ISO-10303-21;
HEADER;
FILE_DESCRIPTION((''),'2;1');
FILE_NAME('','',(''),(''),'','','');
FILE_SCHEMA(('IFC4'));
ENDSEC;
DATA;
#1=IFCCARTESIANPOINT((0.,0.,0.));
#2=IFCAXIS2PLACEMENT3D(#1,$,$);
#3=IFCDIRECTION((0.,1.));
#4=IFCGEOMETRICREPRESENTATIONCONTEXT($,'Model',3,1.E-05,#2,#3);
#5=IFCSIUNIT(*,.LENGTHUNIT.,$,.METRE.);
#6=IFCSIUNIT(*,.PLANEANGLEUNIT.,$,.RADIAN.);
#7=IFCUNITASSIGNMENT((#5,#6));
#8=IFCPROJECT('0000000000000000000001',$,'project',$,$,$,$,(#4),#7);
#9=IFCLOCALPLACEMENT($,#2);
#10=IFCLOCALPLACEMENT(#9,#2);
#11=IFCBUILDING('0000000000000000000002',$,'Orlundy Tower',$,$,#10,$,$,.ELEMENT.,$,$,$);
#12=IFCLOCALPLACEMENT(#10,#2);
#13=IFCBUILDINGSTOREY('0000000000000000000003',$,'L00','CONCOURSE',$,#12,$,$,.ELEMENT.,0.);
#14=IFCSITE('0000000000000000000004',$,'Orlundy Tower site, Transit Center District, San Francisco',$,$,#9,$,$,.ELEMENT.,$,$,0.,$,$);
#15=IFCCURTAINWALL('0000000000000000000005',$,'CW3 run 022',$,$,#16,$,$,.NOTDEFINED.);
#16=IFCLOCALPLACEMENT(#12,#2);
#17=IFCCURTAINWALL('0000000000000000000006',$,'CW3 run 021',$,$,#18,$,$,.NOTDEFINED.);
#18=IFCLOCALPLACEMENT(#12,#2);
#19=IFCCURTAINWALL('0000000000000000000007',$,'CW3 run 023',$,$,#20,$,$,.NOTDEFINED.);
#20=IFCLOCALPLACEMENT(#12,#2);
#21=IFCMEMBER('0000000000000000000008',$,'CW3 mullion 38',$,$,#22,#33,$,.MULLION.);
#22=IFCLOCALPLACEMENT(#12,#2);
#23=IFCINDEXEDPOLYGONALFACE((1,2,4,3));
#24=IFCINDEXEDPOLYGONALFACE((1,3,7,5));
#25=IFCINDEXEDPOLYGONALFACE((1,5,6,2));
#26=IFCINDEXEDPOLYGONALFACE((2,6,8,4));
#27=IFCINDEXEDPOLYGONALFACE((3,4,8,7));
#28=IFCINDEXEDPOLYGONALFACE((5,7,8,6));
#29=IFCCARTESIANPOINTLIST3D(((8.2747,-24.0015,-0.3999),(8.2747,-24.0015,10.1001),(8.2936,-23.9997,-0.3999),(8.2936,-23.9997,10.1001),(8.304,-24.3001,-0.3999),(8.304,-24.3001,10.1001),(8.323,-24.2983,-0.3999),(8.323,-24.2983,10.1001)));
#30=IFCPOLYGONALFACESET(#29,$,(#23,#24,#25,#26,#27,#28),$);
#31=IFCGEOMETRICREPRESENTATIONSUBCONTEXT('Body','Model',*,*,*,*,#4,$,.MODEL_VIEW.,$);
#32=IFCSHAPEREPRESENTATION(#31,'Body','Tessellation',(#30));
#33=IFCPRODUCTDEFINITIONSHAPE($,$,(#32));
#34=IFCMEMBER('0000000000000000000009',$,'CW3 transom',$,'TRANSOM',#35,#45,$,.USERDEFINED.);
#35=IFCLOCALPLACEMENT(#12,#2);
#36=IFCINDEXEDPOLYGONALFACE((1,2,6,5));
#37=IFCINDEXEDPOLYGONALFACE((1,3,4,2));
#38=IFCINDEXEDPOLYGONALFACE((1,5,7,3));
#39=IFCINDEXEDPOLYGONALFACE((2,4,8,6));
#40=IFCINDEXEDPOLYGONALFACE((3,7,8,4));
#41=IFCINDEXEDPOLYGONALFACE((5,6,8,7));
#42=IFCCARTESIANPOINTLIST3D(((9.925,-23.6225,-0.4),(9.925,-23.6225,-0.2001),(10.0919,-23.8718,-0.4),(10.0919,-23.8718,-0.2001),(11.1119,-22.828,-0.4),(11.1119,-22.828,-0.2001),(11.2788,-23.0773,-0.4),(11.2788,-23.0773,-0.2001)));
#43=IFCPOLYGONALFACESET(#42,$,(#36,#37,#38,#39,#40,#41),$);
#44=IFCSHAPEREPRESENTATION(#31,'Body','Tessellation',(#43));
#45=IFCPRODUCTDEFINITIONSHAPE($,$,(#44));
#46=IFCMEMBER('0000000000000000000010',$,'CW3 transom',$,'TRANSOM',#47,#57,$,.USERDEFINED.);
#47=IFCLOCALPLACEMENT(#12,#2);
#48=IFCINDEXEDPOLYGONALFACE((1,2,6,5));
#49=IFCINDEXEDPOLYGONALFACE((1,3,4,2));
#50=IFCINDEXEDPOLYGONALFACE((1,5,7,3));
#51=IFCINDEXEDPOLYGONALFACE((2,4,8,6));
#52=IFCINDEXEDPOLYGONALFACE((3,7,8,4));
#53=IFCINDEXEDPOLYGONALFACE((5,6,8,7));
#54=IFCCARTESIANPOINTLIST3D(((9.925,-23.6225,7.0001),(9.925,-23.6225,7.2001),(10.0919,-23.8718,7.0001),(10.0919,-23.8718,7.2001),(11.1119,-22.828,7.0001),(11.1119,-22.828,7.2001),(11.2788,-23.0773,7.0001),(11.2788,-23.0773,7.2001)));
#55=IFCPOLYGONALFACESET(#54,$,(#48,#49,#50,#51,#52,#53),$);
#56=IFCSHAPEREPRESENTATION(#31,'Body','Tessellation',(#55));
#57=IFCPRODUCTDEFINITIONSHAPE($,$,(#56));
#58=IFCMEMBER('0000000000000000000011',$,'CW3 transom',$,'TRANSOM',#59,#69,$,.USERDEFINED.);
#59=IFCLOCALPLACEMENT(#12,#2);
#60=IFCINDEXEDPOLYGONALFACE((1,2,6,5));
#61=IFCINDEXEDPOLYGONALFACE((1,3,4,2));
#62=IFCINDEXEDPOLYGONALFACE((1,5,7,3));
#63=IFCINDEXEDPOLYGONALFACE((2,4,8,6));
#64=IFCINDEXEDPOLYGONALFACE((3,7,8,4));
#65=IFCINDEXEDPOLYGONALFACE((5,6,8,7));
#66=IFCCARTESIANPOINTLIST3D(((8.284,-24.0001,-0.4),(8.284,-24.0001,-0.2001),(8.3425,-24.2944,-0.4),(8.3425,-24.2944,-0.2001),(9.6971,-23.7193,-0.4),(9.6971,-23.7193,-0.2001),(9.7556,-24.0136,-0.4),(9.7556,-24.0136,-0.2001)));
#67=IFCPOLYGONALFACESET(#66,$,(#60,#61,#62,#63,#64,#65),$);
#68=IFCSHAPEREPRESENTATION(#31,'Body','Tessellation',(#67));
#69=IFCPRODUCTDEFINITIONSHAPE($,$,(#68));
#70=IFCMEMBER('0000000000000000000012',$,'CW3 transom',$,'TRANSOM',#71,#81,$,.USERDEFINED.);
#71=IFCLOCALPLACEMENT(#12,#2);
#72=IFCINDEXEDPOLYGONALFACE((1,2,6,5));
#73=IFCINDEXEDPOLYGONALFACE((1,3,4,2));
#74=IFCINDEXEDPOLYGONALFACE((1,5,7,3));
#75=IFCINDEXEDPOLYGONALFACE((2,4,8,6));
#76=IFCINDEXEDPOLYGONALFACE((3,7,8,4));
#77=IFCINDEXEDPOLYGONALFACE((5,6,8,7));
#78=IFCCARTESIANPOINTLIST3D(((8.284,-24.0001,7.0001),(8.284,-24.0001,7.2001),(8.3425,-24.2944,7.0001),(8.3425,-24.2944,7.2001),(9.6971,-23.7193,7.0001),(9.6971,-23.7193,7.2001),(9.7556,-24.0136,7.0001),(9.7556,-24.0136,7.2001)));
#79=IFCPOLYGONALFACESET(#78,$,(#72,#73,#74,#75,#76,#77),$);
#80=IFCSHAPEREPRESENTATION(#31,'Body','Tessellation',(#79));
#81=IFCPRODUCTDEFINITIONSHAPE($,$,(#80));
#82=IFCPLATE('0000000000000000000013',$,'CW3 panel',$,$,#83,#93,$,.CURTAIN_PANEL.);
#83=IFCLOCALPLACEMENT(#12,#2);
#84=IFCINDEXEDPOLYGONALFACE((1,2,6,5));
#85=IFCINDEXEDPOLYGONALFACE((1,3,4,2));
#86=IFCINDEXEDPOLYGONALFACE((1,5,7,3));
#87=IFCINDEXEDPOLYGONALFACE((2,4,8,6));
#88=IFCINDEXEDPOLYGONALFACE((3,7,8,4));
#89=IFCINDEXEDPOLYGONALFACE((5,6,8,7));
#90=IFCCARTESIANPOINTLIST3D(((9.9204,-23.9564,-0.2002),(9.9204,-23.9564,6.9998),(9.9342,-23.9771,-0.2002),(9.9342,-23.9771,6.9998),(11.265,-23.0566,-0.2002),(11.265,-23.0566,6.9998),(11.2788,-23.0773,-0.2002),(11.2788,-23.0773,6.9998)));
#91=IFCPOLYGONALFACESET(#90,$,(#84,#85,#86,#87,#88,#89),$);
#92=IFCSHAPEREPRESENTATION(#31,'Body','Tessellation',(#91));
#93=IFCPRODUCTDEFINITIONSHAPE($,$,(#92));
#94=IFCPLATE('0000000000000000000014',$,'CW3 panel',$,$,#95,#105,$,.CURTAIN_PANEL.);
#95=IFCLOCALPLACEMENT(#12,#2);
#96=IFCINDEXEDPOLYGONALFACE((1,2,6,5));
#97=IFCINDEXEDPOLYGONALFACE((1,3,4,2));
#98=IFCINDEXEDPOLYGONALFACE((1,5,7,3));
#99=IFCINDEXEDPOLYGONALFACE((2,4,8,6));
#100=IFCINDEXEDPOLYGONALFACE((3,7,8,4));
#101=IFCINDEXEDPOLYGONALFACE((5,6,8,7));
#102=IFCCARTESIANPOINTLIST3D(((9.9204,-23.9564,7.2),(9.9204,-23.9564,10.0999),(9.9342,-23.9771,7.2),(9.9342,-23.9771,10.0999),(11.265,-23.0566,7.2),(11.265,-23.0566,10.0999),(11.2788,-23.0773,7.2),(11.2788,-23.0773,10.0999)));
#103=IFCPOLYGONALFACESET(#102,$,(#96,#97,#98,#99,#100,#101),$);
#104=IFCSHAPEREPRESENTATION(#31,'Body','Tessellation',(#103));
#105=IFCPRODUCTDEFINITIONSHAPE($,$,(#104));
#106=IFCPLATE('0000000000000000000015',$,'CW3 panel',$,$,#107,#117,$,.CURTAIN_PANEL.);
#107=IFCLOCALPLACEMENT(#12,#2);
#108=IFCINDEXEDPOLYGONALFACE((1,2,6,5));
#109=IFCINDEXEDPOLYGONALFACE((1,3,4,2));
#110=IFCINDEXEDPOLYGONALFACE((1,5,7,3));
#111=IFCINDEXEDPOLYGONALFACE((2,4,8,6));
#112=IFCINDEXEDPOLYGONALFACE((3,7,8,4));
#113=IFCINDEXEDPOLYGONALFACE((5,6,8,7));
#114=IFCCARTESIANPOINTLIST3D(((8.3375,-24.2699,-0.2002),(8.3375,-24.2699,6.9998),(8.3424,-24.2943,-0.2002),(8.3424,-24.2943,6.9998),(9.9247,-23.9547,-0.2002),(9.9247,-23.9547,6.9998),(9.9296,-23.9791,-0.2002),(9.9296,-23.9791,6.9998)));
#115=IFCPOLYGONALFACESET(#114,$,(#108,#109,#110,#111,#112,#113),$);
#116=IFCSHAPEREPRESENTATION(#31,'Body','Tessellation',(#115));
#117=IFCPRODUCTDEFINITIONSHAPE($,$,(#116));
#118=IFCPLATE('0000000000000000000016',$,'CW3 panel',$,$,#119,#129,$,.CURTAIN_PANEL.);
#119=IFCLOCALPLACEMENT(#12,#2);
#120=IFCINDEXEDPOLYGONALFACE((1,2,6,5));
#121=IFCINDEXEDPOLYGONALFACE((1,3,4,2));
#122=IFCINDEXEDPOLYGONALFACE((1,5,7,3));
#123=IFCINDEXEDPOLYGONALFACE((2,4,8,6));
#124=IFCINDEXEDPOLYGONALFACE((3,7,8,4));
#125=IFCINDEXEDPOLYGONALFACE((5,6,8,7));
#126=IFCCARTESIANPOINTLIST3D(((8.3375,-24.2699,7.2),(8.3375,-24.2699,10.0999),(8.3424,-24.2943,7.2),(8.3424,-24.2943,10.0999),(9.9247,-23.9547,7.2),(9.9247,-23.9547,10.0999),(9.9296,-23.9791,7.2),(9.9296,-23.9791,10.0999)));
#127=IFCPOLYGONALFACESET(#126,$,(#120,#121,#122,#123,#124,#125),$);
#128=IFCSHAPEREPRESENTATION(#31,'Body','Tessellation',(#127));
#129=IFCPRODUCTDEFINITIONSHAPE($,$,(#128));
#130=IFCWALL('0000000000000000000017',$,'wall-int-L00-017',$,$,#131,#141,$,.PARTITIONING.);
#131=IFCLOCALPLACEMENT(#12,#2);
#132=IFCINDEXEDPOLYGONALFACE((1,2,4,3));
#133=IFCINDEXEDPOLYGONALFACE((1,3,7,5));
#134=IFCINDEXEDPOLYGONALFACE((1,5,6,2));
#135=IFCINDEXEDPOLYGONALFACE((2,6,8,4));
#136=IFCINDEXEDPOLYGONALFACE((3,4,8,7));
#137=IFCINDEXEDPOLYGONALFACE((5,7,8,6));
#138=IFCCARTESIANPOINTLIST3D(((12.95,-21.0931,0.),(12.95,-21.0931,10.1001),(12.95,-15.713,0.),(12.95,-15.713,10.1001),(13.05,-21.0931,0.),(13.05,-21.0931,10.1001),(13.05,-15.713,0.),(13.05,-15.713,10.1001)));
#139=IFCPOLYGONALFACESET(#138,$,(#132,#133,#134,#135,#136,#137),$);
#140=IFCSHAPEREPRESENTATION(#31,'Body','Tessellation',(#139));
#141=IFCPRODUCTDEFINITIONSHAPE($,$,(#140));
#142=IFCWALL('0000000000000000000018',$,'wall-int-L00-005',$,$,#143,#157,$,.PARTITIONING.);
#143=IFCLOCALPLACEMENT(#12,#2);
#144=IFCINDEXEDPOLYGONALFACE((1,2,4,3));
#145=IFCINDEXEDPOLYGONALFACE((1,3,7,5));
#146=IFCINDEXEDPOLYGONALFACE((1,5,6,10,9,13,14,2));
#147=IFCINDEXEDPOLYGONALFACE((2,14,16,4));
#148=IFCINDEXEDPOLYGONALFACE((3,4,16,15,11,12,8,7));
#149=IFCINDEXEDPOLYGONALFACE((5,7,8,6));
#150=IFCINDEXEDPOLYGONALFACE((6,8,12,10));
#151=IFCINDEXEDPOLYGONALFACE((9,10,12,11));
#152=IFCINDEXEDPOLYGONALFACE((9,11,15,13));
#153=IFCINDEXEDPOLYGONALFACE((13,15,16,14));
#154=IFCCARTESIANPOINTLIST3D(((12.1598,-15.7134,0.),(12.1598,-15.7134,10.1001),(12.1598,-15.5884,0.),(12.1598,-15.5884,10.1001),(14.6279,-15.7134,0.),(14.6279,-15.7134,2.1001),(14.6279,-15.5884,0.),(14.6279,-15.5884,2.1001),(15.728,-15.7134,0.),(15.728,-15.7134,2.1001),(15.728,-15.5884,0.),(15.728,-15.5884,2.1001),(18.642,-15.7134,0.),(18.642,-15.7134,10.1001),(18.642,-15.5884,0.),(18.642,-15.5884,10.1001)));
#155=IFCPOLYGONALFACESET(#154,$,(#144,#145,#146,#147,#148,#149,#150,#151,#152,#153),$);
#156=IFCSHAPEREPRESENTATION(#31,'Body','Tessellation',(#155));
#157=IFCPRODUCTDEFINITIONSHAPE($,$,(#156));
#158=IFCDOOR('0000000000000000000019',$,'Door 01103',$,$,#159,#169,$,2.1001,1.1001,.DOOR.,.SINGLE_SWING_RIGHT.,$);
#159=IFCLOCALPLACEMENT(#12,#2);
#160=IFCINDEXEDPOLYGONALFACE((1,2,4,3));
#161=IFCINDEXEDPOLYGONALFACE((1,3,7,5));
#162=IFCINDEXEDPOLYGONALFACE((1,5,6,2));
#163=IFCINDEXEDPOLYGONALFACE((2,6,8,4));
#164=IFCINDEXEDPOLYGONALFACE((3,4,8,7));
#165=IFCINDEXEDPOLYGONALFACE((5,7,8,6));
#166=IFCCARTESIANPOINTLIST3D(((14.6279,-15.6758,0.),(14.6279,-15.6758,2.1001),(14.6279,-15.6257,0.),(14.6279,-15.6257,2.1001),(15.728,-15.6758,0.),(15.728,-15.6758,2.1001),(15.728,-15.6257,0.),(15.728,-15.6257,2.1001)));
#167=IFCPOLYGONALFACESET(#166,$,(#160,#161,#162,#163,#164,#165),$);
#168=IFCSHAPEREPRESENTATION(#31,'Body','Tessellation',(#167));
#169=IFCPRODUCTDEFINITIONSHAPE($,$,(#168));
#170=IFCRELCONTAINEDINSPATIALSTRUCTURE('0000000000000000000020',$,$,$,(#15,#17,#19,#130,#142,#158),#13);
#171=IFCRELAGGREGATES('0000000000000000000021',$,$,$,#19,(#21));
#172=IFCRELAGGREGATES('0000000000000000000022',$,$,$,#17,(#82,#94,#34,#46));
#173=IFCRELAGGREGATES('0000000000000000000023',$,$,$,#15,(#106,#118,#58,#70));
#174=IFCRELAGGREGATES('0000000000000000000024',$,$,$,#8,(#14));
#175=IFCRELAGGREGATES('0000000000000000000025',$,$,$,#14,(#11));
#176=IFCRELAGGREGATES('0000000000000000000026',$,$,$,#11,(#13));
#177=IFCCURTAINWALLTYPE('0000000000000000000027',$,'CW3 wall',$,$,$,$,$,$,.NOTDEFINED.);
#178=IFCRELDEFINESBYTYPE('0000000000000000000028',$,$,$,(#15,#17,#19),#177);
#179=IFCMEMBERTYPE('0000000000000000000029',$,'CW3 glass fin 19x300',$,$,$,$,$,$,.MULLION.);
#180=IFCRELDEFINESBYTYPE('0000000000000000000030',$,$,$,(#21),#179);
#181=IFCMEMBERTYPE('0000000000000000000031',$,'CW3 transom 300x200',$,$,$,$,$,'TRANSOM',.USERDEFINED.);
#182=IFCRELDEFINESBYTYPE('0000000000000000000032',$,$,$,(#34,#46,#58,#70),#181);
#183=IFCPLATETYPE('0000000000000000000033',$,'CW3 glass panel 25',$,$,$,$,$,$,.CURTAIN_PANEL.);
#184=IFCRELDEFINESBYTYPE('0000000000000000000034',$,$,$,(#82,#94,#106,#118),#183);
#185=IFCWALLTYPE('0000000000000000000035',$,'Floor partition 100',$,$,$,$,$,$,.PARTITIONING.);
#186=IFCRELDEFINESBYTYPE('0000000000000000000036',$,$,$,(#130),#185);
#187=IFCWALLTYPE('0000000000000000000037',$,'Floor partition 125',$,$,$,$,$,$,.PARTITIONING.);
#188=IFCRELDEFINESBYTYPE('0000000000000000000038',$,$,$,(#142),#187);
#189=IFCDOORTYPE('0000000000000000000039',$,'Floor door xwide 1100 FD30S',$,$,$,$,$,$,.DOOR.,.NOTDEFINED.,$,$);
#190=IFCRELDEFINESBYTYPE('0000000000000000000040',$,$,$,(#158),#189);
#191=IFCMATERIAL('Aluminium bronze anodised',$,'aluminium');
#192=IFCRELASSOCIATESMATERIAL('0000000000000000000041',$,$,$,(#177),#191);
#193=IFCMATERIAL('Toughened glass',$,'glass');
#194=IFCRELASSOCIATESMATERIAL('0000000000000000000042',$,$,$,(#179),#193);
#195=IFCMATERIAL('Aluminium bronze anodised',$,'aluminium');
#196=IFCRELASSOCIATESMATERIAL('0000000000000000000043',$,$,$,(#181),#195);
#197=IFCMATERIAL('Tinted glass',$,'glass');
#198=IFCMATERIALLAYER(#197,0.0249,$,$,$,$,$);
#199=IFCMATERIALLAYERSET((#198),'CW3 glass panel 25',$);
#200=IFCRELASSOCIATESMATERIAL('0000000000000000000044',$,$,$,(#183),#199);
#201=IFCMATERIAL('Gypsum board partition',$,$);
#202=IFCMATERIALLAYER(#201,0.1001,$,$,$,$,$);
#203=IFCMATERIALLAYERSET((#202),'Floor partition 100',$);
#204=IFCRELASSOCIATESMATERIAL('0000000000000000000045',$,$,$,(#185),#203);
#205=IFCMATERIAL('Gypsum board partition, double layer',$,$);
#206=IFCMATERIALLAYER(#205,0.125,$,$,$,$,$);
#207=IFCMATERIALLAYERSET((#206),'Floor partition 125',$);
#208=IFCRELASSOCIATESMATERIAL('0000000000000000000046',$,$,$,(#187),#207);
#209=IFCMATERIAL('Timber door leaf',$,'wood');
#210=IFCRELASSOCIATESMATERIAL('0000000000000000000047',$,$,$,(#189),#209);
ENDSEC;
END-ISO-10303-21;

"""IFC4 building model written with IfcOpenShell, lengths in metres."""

from ifc_helpers import new_model, si_unit, direction, frame, frame_2d, origin, origin_2d, place, context, subcontext, project, spatial, rectangle, extrude, material, layer, layer_set, material_profile, profile_set, type_object, element, fill, aggregate, save


model = new_model("IFC4")

# Units and contexts
model_context = context("Model", 3, precision=1e-05, world=origin(), true_north=direction((0.0, 1.0)))
body_context = subcontext(model_context, "Body", "Model", "MODEL_VIEW")
ifc_project = project(units=[si_unit("LENGTHUNIT", "METRE"), si_unit("PLANEANGLEUNIT", "RADIAN")], contexts=[model_context])

# Site, building, storey
site_placement = place(None, origin())
site = spatial("IfcSite", under=ifc_project, at=site_placement, Name="Orlundy Tower site, Transit Center District, San Francisco", CompositionType="ELEMENT", RefElevation=0.0)
building_placement = place(site_placement, origin())
building = spatial("IfcBuilding", under=site, at=building_placement, Name="Orlundy Tower", CompositionType="ELEMENT")
storey_placement = place(building_placement, origin())
storey = spatial("IfcBuildingStorey", under=building, at=storey_placement, Name="L00", Description="CONCOURSE", CompositionType="ELEMENT", Elevation=0.0)

# Curtain walls, member
ifc_material_1 = material(Name="Aluminium bronze anodised", Category="aluminium")
curtain_wall_type = type_object("IfcCurtainWallType", Name="CW3 wall", PredefinedType="NOTDEFINED", material=ifc_material_1)
curtain_wall_1_placement = place(storey_placement, origin())
curtain_wall_1 = element("IfcCurtainWall", 1, at=curtain_wall_1_placement, inside=storey, type_object=curtain_wall_type, Name="CW3 run 022", PredefinedType="NOTDEFINED")
ifc_material_2 = material(Name="Toughened glass", Category="glass")
ifc_material_profile_1 = material_profile(ifc_material_2, rectangle(XDim=0.3, YDim=0.019, at=origin_2d()), Name="CW3 glass fin 19x300")
ifc_profile_set_1 = profile_set([ifc_material_profile_1], Name="Toughened glass")
member_type_1 = type_object("IfcMemberType", Name="CW3 glass fin 19x300", PredefinedType="MULLION", material=ifc_profile_set_1)
curtain_wall_2_placement = place(storey_placement, origin())
curtain_wall_2 = element("IfcCurtainWall", 2, at=curtain_wall_2_placement, inside=storey, type_object=curtain_wall_type, Name="CW3 run 021", PredefinedType="NOTDEFINED")
curtain_wall_3_placement = place(storey_placement, origin())
curtain_wall_3 = element("IfcCurtainWall", 3, at=curtain_wall_3_placement, inside=storey, type_object=curtain_wall_type, Name="CW3 run 023", PredefinedType="NOTDEFINED")
member_1_placement = place(storey_placement, frame((8.2988, -24.1499, -0.3999), z_axis=(0.0, 0.0, 1.0), x_axis=(0.09785, -0.995201, 0.0)))
member_1 = element("IfcMember", 4, at=member_1_placement, type_object=member_type_1, Name="CW3 mullion 38", PredefinedType="MULLION", context=body_context, shape_type="SweptSolid", body=[
    extrude(rectangle(XDim=0.3, YDim=0.019, at=origin_2d()), origin(), (0.0, 0.0, 1.0), 10.5),
])
aggregate(curtain_wall_3, [member_1])

# Members
ifc_material_3 = material(Name="Aluminium bronze anodised", Category="aluminium")
ifc_material_profile_2 = material_profile(ifc_material_3, rectangle(XDim=0.3, YDim=0.2, at=origin_2d()), Name="CW3 transom 300x200")
ifc_profile_set_2 = profile_set([ifc_material_profile_2], Name="Aluminium bronze anodised")
member_type_2 = type_object("IfcMemberType", Name="CW3 transom 300x200", ElementType="TRANSOM", PredefinedType="USERDEFINED", material=ifc_profile_set_2)
member_2_placement = place(storey_placement, frame((11.1953, -22.9526, -0.3), z_axis=(-0.830997, -0.556277, 0.0), x_axis=(0.556277, -0.830997, 0.0)))
member_2 = element("IfcMember", 5, at=member_2_placement, type_object=member_type_2, Name="CW3 transom", ObjectType="TRANSOM", PredefinedType="USERDEFINED", context=body_context, shape_type="SweptSolid", body=[
    extrude(rectangle(XDim=0.3, YDim=0.2, at=origin_2d()), origin(), (0.0, 0.0, 1.0), 1.4282),
])
member_3_placement = place(storey_placement, frame((11.1953, -22.9526, 7.1001), z_axis=(-0.830997, -0.556277, 0.0), x_axis=(0.556277, -0.830997, 0.0)))
member_3 = element("IfcMember", 6, at=member_3_placement, type_object=member_type_2, Name="CW3 transom", ObjectType="TRANSOM", PredefinedType="USERDEFINED", context=body_context, shape_type="SweptSolid", body=[
    extrude(rectangle(XDim=0.3, YDim=0.2, at=origin_2d()), origin(), (0.0, 0.0, 1.0), 1.4282),
])
member_4_placement = place(storey_placement, frame((9.7263, -23.8665, -0.3), z_axis=(-0.980828, -0.194878, 0.0), x_axis=(0.194878, -0.980828, 0.0)))
member_4 = element("IfcMember", 7, at=member_4_placement, type_object=member_type_2, Name="CW3 transom", ObjectType="TRANSOM", PredefinedType="USERDEFINED", context=body_context, shape_type="SweptSolid", body=[
    extrude(rectangle(XDim=0.3, YDim=0.2, at=origin_2d()), origin(), (0.0, 0.0, 1.0), 1.4407),
])
member_5_placement = place(storey_placement, frame((9.7263, -23.8665, 7.1001), z_axis=(-0.980828, -0.194878, 0.0), x_axis=(0.194878, -0.980828, 0.0)))
member_5 = element("IfcMember", 8, at=member_5_placement, type_object=member_type_2, Name="CW3 transom", ObjectType="TRANSOM", PredefinedType="USERDEFINED", context=body_context, shape_type="SweptSolid", body=[
    extrude(rectangle(XDim=0.3, YDim=0.2, at=origin_2d()), origin(), (0.0, 0.0, 1.0), 1.4407),
])

# Plates
ifc_material_4 = material(Name="Tinted glass", Category="glass")
ifc_layer_1 = layer(ifc_material_4, 0.0249)
ifc_layer_set_1 = layer_set([ifc_layer_1], Name="CW3 glass panel 25")
plate_type = type_object("IfcPlateType", Name="CW3 glass panel 25", PredefinedType="CURTAIN_PANEL", material=ifc_layer_set_1)
plate_1_placement = place(storey_placement, frame((10.5996, -23.5168, -0.2002), z_axis=(0.0, 0.0, 1.0), x_axis=(-0.831063, -0.556178, 0.0)))
plate_1 = element("IfcPlate", 9, at=plate_1_placement, type_object=plate_type, Name="CW3 panel", PredefinedType="CURTAIN_PANEL", context=body_context, shape_type="SweptSolid", body=[
    extrude(rectangle(XDim=1.6179, YDim=0.0249, at=origin_2d()), origin(), (0.0, 0.0, 1.0), 7.2),
])
plate_2_placement = place(storey_placement, frame((10.5996, -23.5168, 7.2), z_axis=(0.0, 0.0, 1.0), x_axis=(-0.831063, -0.556178, 0.0)))
plate_2 = element("IfcPlate", 10, at=plate_2_placement, type_object=plate_type, Name="CW3 panel", PredefinedType="CURTAIN_PANEL", context=body_context, shape_type="SweptSolid", body=[
    extrude(rectangle(XDim=1.6179, YDim=0.0249, at=origin_2d()), origin(), (0.0, 0.0, 1.0), 2.8999),
])
aggregate(curtain_wall_2, [plate_1, plate_2, member_2, member_3])
plate_3_placement = place(storey_placement, frame((9.1335, -24.1245, -0.2002), z_axis=(0.0, 0.0, 1.0), x_axis=(-0.980851, -0.194761, 0.0)))
plate_3 = element("IfcPlate", 11, at=plate_3_placement, type_object=plate_type, Name="CW3 panel", PredefinedType="CURTAIN_PANEL", context=body_context, shape_type="SweptSolid", body=[
    extrude(rectangle(XDim=1.6182, YDim=0.0249, at=origin_2d()), origin(), (0.0, 0.0, 1.0), 7.2),
])
plate_4_placement = place(storey_placement, frame((9.1335, -24.1245, 7.2), z_axis=(0.0, 0.0, 1.0), x_axis=(-0.980851, -0.194761, 0.0)))
plate_4 = element("IfcPlate", 12, at=plate_4_placement, type_object=plate_type, Name="CW3 panel", PredefinedType="CURTAIN_PANEL", context=body_context, shape_type="SweptSolid", body=[
    extrude(rectangle(XDim=1.6182, YDim=0.0249, at=origin_2d()), origin(), (0.0, 0.0, 1.0), 2.8999),
])
aggregate(curtain_wall_1, [plate_3, plate_4, member_4, member_5])

# Wall
ifc_material_5 = material(Name="Gypsum board partition")
ifc_layer_2 = layer(ifc_material_5, 0.1001)
ifc_layer_set_2 = layer_set([ifc_layer_2], Name="Floor partition 100")
wall_type_1 = type_object("IfcWallType", Name="Floor partition 100", PredefinedType="PARTITIONING", material=ifc_layer_set_2)
wall_1_placement = place(storey_placement, frame((13.0, -21.093, 0.0), z_axis=(0.0, 0.0, 1.0), x_axis=(0.0, 1.0, 0.0)))
element("IfcWall", 13, at=wall_1_placement, inside=storey, type_object=wall_type_1, Name="wall-int-L00-017", PredefinedType="PARTITIONING", context=body_context, shape_type="SweptSolid", body=[
    extrude(rectangle(XDim=5.3801, YDim=0.1001, at=frame_2d((2.6899, 0.0))), origin(), (0.0, 0.0, 1.0), 10.1001),
])

# Wall, opening, door
ifc_material_6 = material(Name="Gypsum board partition, double layer")
ifc_layer_3 = layer(ifc_material_6, 0.125)
ifc_layer_set_3 = layer_set([ifc_layer_3], Name="Floor partition 125")
wall_type_2 = type_object("IfcWallType", Name="Floor partition 125", PredefinedType="PARTITIONING", material=ifc_layer_set_3)
wall_2_placement = place(storey_placement, frame((18.6421, -15.6509, 0.0), z_axis=(0.0, 0.0, 1.0), x_axis=(-1.0, 0.0, 0.0)))
wall_2 = element("IfcWall", 14, at=wall_2_placement, inside=storey, type_object=wall_type_2, Name="wall-int-L00-005", PredefinedType="PARTITIONING", context=body_context, shape_type="SweptSolid", body=[
    extrude(rectangle(XDim=6.4822, YDim=0.125, at=frame_2d((3.2412, 0.0))), origin(), (0.0, 0.0, 1.0), 10.1001),
])
opening_1_placement = place(wall_2_placement, frame((2.9141, 0.0, 0.0)))
opening_1 = element("IfcOpeningElement", 15, at=opening_1_placement, cuts=wall_2, PredefinedType="OPENING", context=body_context, shape_type="SweptSolid", body=[
    extrude(rectangle(XDim=1.1001, YDim=2.1001, at=frame_2d((0.55, 1.05))), frame((0.0, 0.0725, 0.0), z_axis=(0.0, -1.0, 0.0), x_axis=(1.0, 0.0, 0.0)), (0.0, 0.0, 1.0), 0.145),
])
ifc_material_7 = material(Name="Timber door leaf", Category="wood")
door_type_1 = type_object("IfcDoorType", Name="Floor door xwide 1100 FD30S", OperationType="NOTDEFINED", PredefinedType="DOOR", material=ifc_material_7)
door_1_placement = place(opening_1_placement, origin())
door_1 = element("IfcDoor", 16, at=door_1_placement, inside=storey, type_object=door_type_1, Name="Door 01103", OperationType="SINGLE_SWING_RIGHT", OverallHeight=2.1001, OverallWidth=1.1001, PredefinedType="DOOR", context=body_context, shape_type="SweptSolid", body=[
    extrude(rectangle(XDim=1.1001, YDim=2.1001, at=frame_2d((0.55, 1.05))), frame((0.0, 0.0249, 0.0), z_axis=(0.0, -1.0, 0.0), x_axis=(1.0, 0.0, 0.0)), (0.0, 0.0, 1.0), 0.05),
])
fill(opening_1, door_1)

save(model, "model.ifc")
